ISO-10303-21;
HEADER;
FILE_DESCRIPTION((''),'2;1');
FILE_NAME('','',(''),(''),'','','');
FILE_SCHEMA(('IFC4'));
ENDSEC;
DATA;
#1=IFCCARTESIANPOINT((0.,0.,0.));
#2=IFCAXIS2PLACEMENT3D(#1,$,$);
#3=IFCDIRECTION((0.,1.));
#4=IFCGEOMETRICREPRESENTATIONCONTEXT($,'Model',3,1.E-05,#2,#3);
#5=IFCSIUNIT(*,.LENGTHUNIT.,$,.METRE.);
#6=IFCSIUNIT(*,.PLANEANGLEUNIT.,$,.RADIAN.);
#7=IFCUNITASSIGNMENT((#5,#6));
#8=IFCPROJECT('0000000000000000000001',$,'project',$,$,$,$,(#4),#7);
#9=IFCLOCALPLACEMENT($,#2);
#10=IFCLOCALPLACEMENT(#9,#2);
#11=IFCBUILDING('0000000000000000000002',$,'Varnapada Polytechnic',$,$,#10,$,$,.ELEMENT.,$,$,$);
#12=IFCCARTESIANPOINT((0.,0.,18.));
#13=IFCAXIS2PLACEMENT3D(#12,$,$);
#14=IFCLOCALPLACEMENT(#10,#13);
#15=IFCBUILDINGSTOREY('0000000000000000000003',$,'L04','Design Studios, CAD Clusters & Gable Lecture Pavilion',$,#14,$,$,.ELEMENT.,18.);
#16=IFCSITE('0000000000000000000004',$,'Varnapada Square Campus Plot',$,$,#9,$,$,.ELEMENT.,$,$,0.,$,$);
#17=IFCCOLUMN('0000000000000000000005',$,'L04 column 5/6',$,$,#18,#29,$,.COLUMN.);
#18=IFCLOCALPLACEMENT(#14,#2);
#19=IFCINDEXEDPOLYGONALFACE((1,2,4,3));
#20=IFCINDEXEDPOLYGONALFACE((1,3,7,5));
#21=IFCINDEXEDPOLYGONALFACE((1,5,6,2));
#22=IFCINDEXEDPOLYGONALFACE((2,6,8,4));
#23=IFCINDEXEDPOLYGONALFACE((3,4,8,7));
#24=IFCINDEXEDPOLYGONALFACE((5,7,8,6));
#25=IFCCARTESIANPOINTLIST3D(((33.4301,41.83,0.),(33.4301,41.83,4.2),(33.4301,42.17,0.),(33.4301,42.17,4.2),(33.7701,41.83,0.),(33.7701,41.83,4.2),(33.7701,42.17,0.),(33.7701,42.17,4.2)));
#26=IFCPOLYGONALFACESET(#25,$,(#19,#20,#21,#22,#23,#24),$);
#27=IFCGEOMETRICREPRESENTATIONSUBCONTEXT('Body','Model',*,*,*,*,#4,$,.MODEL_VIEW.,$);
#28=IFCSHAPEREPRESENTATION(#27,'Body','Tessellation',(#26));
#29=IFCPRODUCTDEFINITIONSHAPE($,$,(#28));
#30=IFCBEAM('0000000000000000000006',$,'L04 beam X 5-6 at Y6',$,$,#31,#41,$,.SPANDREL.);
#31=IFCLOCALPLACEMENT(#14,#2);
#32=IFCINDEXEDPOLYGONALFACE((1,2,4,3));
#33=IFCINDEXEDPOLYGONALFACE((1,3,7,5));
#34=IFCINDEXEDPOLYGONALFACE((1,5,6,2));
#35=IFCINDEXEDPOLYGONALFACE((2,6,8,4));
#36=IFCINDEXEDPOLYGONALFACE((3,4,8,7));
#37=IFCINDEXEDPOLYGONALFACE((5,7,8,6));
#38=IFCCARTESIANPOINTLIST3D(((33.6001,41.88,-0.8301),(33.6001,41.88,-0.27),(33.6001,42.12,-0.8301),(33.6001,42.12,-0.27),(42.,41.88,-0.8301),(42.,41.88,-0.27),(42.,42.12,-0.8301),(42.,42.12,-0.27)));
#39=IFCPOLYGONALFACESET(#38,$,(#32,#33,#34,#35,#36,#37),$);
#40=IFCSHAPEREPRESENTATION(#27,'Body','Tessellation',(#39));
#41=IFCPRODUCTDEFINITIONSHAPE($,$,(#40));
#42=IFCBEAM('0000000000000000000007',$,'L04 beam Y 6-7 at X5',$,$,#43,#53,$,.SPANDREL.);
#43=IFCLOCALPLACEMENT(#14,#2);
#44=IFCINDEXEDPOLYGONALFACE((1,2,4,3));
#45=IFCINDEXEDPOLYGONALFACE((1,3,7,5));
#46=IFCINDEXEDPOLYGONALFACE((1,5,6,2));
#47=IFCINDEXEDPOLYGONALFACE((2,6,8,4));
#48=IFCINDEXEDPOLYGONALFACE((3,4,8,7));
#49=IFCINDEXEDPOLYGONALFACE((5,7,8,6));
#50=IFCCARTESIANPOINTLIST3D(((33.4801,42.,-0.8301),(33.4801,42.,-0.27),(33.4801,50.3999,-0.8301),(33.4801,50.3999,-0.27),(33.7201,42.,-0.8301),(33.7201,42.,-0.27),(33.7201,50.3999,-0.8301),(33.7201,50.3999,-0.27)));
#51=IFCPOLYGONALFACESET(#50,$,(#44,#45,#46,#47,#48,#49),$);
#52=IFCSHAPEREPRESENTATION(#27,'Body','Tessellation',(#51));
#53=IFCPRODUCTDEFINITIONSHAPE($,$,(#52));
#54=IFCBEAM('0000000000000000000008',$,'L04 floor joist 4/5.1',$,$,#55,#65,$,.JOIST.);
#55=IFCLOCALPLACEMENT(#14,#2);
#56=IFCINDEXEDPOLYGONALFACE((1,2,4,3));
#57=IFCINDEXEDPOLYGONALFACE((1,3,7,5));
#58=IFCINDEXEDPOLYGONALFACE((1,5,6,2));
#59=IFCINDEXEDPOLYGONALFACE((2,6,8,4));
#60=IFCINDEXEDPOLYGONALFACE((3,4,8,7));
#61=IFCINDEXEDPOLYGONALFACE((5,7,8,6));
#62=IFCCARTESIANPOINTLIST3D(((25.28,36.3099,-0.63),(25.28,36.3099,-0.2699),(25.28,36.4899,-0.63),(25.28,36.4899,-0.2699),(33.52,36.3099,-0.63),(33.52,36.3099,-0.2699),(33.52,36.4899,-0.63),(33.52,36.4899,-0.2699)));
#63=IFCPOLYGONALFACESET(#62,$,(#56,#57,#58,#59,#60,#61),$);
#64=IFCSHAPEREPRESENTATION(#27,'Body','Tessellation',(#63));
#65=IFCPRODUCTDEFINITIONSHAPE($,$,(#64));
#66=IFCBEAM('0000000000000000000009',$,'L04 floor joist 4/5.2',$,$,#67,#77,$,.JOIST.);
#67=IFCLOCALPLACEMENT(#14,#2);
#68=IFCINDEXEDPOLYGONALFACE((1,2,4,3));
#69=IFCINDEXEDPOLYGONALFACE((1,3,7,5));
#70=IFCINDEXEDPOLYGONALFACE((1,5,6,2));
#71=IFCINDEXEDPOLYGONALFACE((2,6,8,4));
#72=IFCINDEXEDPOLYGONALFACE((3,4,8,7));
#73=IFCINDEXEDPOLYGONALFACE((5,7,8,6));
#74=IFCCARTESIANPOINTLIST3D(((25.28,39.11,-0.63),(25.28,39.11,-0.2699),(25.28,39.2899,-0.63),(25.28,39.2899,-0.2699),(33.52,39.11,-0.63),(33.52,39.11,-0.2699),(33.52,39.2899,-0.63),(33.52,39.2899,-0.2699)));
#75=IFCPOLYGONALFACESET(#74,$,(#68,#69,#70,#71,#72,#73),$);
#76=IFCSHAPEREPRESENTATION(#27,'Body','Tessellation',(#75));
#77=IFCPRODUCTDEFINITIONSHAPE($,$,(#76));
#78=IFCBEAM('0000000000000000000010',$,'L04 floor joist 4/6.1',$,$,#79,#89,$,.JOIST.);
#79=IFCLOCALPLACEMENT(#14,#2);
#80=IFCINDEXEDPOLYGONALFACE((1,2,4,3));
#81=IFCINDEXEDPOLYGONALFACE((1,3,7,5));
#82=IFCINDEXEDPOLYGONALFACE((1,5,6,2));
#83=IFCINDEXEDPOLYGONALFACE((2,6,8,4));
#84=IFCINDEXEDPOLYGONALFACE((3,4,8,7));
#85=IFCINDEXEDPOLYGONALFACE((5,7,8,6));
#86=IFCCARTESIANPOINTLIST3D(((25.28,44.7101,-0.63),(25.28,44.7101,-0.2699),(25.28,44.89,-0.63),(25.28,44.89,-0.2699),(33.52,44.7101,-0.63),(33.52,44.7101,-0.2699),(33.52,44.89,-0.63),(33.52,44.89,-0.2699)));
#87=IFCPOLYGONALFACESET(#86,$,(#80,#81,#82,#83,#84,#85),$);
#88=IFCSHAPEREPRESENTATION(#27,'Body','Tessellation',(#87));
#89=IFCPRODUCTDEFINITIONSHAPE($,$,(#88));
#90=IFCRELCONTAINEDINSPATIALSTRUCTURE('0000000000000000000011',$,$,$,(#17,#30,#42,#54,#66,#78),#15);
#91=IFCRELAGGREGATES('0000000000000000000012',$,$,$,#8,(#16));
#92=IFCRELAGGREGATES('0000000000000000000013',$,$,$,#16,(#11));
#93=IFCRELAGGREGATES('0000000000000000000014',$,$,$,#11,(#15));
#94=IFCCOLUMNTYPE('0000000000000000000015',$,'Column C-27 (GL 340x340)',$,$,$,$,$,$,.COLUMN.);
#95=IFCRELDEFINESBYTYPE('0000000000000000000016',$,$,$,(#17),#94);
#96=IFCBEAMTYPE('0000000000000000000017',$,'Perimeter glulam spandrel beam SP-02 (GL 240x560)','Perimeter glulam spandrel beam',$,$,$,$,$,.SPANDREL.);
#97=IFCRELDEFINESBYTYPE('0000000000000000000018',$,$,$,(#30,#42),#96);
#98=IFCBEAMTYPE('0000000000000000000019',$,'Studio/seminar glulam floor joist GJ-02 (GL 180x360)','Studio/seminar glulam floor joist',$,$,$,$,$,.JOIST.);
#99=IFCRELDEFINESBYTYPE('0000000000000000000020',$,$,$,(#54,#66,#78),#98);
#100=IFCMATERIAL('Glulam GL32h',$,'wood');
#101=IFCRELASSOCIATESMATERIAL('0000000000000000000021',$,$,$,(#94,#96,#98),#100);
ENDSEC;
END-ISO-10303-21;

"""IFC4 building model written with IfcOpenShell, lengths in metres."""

from ifc_helpers import new_model, si_unit, direction, frame, origin, origin_2d, place, context, subcontext, project, spatial, rectangle, extrude, material, material_profile, profile_set, type_object, element, save


model = new_model("IFC4")

# Units and contexts
model_context = context("Model", 3, precision=1e-05, world=origin(), true_north=direction((0.0, 1.0)))
body_context = subcontext(model_context, "Body", "Model", "MODEL_VIEW")
ifc_project = project(units=[si_unit("LENGTHUNIT", "METRE"), si_unit("PLANEANGLEUNIT", "RADIAN")], contexts=[model_context])

# Site, building, storey
site_placement = place(None, origin())
site = spatial("IfcSite", under=ifc_project, at=site_placement, Name="Varnapada Square Campus Plot", CompositionType="ELEMENT", RefElevation=0.0)
building_placement = place(site_placement, origin())
building = spatial("IfcBuilding", under=site, at=building_placement, Name="Varnapada Polytechnic", CompositionType="ELEMENT")
storey_placement = place(building_placement, frame((0.0, 0.0, 18.0)))
storey = spatial("IfcBuildingStorey", under=building, at=storey_placement, Name="L04", Description="Design Studios, CAD Clusters & Gable Lecture Pavilion", CompositionType="ELEMENT", Elevation=18.0)

# Column
ifc_material_1 = material(Name="Glulam GL32h", Category="wood")
ifc_material_profile_1 = material_profile(ifc_material_1, rectangle(XDim=0.3401, YDim=0.3401, at=origin_2d()), Name="GL 340x340")
ifc_profile_set_1 = profile_set([ifc_material_profile_1], Name="Glulam GL32h")
column_type = type_object("IfcColumnType", Name="Column C-27 (GL 340x340)", PredefinedType="COLUMN", material=ifc_profile_set_1)
column_placement = place(storey_placement, frame((33.6001, 42.0, 0.0), z_axis=(0.0, 0.0, 1.0), x_axis=(1.0, 0.0, 0.0)))
element("IfcColumn", 1, at=column_placement, inside=storey, type_object=column_type, Name="L04 column 5/6", PredefinedType="COLUMN", context=body_context, shape_type="SweptSolid", body=[
    extrude(rectangle(XDim=0.3401, YDim=0.3401, at=origin_2d()), origin(), (0.0, 0.0, 1.0), 4.2),
])

# Beams
ifc_material_profile_2 = material_profile(ifc_material_1, rectangle(XDim=0.24, YDim=0.5601, at=origin_2d()), Name="GL 240x560")
ifc_profile_set_2 = profile_set([ifc_material_profile_2], Name="Glulam GL32h")
beam_type_1 = type_object("IfcBeamType", Name="Perimeter glulam spandrel beam SP-02 (GL 240x560)", Description="Perimeter glulam spandrel beam", PredefinedType="SPANDREL", material=ifc_profile_set_2)
for number, where, z_axis, x_axis, name in (
    (2, (33.6001, 42.0, -0.55), (1.0, 0.0, 0.0), (0.0, 1.0, 0.0), "L04 beam X 5-6 at Y6"),
    (3, (33.6001, 42.0, -0.55), (0.0, 1.0, 0.0), (-1.0, 0.0, 0.0), "L04 beam Y 6-7 at X5"),
):
    element("IfcBeam", number, at=place(storey_placement, frame(where, z_axis=z_axis, x_axis=x_axis)), inside=storey, type_object=beam_type_1, Name=name, PredefinedType="SPANDREL", context=body_context, shape_type="SweptSolid", body=[
        extrude(rectangle(XDim=0.24, YDim=0.5601, at=origin_2d()), origin(), (0.0, 0.0, 1.0), 8.3999),
    ])
ifc_material_profile_3 = material_profile(ifc_material_1, rectangle(XDim=0.1799, YDim=0.3601, at=origin_2d()), Name="GL 180x360")
ifc_profile_set_3 = profile_set([ifc_material_profile_3], Name="Glulam GL32h")
beam_type_2 = type_object("IfcBeamType", Name="Studio/seminar glulam floor joist GJ-02 (GL 180x360)", Description="Studio/seminar glulam floor joist", PredefinedType="JOIST", material=ifc_profile_set_3)
for number, where, z_axis, x_axis, name in (
    (4, (25.28, 36.3999, -0.45), (1.0, 0.0, 0.0), (0.0, 1.0, 0.0), "L04 floor joist 4/5.1"),
    (5, (25.28, 39.2, -0.45), (1.0, 0.0, 0.0), (0.0, 1.0, 0.0), "L04 floor joist 4/5.2"),
    (6, (25.28, 44.8, -0.45), (1.0, 0.0, 0.0), (0.0, 1.0, 0.0), "L04 floor joist 4/6.1"),
):
    element("IfcBeam", number, at=place(storey_placement, frame(where, z_axis=z_axis, x_axis=x_axis)), inside=storey, type_object=beam_type_2, Name=name, PredefinedType="JOIST", context=body_context, shape_type="SweptSolid", body=[
        extrude(rectangle(XDim=0.1799, YDim=0.3601, at=origin_2d()), origin(), (0.0, 0.0, 1.0), 8.24),
    ])

save(model, "model.ifc")
